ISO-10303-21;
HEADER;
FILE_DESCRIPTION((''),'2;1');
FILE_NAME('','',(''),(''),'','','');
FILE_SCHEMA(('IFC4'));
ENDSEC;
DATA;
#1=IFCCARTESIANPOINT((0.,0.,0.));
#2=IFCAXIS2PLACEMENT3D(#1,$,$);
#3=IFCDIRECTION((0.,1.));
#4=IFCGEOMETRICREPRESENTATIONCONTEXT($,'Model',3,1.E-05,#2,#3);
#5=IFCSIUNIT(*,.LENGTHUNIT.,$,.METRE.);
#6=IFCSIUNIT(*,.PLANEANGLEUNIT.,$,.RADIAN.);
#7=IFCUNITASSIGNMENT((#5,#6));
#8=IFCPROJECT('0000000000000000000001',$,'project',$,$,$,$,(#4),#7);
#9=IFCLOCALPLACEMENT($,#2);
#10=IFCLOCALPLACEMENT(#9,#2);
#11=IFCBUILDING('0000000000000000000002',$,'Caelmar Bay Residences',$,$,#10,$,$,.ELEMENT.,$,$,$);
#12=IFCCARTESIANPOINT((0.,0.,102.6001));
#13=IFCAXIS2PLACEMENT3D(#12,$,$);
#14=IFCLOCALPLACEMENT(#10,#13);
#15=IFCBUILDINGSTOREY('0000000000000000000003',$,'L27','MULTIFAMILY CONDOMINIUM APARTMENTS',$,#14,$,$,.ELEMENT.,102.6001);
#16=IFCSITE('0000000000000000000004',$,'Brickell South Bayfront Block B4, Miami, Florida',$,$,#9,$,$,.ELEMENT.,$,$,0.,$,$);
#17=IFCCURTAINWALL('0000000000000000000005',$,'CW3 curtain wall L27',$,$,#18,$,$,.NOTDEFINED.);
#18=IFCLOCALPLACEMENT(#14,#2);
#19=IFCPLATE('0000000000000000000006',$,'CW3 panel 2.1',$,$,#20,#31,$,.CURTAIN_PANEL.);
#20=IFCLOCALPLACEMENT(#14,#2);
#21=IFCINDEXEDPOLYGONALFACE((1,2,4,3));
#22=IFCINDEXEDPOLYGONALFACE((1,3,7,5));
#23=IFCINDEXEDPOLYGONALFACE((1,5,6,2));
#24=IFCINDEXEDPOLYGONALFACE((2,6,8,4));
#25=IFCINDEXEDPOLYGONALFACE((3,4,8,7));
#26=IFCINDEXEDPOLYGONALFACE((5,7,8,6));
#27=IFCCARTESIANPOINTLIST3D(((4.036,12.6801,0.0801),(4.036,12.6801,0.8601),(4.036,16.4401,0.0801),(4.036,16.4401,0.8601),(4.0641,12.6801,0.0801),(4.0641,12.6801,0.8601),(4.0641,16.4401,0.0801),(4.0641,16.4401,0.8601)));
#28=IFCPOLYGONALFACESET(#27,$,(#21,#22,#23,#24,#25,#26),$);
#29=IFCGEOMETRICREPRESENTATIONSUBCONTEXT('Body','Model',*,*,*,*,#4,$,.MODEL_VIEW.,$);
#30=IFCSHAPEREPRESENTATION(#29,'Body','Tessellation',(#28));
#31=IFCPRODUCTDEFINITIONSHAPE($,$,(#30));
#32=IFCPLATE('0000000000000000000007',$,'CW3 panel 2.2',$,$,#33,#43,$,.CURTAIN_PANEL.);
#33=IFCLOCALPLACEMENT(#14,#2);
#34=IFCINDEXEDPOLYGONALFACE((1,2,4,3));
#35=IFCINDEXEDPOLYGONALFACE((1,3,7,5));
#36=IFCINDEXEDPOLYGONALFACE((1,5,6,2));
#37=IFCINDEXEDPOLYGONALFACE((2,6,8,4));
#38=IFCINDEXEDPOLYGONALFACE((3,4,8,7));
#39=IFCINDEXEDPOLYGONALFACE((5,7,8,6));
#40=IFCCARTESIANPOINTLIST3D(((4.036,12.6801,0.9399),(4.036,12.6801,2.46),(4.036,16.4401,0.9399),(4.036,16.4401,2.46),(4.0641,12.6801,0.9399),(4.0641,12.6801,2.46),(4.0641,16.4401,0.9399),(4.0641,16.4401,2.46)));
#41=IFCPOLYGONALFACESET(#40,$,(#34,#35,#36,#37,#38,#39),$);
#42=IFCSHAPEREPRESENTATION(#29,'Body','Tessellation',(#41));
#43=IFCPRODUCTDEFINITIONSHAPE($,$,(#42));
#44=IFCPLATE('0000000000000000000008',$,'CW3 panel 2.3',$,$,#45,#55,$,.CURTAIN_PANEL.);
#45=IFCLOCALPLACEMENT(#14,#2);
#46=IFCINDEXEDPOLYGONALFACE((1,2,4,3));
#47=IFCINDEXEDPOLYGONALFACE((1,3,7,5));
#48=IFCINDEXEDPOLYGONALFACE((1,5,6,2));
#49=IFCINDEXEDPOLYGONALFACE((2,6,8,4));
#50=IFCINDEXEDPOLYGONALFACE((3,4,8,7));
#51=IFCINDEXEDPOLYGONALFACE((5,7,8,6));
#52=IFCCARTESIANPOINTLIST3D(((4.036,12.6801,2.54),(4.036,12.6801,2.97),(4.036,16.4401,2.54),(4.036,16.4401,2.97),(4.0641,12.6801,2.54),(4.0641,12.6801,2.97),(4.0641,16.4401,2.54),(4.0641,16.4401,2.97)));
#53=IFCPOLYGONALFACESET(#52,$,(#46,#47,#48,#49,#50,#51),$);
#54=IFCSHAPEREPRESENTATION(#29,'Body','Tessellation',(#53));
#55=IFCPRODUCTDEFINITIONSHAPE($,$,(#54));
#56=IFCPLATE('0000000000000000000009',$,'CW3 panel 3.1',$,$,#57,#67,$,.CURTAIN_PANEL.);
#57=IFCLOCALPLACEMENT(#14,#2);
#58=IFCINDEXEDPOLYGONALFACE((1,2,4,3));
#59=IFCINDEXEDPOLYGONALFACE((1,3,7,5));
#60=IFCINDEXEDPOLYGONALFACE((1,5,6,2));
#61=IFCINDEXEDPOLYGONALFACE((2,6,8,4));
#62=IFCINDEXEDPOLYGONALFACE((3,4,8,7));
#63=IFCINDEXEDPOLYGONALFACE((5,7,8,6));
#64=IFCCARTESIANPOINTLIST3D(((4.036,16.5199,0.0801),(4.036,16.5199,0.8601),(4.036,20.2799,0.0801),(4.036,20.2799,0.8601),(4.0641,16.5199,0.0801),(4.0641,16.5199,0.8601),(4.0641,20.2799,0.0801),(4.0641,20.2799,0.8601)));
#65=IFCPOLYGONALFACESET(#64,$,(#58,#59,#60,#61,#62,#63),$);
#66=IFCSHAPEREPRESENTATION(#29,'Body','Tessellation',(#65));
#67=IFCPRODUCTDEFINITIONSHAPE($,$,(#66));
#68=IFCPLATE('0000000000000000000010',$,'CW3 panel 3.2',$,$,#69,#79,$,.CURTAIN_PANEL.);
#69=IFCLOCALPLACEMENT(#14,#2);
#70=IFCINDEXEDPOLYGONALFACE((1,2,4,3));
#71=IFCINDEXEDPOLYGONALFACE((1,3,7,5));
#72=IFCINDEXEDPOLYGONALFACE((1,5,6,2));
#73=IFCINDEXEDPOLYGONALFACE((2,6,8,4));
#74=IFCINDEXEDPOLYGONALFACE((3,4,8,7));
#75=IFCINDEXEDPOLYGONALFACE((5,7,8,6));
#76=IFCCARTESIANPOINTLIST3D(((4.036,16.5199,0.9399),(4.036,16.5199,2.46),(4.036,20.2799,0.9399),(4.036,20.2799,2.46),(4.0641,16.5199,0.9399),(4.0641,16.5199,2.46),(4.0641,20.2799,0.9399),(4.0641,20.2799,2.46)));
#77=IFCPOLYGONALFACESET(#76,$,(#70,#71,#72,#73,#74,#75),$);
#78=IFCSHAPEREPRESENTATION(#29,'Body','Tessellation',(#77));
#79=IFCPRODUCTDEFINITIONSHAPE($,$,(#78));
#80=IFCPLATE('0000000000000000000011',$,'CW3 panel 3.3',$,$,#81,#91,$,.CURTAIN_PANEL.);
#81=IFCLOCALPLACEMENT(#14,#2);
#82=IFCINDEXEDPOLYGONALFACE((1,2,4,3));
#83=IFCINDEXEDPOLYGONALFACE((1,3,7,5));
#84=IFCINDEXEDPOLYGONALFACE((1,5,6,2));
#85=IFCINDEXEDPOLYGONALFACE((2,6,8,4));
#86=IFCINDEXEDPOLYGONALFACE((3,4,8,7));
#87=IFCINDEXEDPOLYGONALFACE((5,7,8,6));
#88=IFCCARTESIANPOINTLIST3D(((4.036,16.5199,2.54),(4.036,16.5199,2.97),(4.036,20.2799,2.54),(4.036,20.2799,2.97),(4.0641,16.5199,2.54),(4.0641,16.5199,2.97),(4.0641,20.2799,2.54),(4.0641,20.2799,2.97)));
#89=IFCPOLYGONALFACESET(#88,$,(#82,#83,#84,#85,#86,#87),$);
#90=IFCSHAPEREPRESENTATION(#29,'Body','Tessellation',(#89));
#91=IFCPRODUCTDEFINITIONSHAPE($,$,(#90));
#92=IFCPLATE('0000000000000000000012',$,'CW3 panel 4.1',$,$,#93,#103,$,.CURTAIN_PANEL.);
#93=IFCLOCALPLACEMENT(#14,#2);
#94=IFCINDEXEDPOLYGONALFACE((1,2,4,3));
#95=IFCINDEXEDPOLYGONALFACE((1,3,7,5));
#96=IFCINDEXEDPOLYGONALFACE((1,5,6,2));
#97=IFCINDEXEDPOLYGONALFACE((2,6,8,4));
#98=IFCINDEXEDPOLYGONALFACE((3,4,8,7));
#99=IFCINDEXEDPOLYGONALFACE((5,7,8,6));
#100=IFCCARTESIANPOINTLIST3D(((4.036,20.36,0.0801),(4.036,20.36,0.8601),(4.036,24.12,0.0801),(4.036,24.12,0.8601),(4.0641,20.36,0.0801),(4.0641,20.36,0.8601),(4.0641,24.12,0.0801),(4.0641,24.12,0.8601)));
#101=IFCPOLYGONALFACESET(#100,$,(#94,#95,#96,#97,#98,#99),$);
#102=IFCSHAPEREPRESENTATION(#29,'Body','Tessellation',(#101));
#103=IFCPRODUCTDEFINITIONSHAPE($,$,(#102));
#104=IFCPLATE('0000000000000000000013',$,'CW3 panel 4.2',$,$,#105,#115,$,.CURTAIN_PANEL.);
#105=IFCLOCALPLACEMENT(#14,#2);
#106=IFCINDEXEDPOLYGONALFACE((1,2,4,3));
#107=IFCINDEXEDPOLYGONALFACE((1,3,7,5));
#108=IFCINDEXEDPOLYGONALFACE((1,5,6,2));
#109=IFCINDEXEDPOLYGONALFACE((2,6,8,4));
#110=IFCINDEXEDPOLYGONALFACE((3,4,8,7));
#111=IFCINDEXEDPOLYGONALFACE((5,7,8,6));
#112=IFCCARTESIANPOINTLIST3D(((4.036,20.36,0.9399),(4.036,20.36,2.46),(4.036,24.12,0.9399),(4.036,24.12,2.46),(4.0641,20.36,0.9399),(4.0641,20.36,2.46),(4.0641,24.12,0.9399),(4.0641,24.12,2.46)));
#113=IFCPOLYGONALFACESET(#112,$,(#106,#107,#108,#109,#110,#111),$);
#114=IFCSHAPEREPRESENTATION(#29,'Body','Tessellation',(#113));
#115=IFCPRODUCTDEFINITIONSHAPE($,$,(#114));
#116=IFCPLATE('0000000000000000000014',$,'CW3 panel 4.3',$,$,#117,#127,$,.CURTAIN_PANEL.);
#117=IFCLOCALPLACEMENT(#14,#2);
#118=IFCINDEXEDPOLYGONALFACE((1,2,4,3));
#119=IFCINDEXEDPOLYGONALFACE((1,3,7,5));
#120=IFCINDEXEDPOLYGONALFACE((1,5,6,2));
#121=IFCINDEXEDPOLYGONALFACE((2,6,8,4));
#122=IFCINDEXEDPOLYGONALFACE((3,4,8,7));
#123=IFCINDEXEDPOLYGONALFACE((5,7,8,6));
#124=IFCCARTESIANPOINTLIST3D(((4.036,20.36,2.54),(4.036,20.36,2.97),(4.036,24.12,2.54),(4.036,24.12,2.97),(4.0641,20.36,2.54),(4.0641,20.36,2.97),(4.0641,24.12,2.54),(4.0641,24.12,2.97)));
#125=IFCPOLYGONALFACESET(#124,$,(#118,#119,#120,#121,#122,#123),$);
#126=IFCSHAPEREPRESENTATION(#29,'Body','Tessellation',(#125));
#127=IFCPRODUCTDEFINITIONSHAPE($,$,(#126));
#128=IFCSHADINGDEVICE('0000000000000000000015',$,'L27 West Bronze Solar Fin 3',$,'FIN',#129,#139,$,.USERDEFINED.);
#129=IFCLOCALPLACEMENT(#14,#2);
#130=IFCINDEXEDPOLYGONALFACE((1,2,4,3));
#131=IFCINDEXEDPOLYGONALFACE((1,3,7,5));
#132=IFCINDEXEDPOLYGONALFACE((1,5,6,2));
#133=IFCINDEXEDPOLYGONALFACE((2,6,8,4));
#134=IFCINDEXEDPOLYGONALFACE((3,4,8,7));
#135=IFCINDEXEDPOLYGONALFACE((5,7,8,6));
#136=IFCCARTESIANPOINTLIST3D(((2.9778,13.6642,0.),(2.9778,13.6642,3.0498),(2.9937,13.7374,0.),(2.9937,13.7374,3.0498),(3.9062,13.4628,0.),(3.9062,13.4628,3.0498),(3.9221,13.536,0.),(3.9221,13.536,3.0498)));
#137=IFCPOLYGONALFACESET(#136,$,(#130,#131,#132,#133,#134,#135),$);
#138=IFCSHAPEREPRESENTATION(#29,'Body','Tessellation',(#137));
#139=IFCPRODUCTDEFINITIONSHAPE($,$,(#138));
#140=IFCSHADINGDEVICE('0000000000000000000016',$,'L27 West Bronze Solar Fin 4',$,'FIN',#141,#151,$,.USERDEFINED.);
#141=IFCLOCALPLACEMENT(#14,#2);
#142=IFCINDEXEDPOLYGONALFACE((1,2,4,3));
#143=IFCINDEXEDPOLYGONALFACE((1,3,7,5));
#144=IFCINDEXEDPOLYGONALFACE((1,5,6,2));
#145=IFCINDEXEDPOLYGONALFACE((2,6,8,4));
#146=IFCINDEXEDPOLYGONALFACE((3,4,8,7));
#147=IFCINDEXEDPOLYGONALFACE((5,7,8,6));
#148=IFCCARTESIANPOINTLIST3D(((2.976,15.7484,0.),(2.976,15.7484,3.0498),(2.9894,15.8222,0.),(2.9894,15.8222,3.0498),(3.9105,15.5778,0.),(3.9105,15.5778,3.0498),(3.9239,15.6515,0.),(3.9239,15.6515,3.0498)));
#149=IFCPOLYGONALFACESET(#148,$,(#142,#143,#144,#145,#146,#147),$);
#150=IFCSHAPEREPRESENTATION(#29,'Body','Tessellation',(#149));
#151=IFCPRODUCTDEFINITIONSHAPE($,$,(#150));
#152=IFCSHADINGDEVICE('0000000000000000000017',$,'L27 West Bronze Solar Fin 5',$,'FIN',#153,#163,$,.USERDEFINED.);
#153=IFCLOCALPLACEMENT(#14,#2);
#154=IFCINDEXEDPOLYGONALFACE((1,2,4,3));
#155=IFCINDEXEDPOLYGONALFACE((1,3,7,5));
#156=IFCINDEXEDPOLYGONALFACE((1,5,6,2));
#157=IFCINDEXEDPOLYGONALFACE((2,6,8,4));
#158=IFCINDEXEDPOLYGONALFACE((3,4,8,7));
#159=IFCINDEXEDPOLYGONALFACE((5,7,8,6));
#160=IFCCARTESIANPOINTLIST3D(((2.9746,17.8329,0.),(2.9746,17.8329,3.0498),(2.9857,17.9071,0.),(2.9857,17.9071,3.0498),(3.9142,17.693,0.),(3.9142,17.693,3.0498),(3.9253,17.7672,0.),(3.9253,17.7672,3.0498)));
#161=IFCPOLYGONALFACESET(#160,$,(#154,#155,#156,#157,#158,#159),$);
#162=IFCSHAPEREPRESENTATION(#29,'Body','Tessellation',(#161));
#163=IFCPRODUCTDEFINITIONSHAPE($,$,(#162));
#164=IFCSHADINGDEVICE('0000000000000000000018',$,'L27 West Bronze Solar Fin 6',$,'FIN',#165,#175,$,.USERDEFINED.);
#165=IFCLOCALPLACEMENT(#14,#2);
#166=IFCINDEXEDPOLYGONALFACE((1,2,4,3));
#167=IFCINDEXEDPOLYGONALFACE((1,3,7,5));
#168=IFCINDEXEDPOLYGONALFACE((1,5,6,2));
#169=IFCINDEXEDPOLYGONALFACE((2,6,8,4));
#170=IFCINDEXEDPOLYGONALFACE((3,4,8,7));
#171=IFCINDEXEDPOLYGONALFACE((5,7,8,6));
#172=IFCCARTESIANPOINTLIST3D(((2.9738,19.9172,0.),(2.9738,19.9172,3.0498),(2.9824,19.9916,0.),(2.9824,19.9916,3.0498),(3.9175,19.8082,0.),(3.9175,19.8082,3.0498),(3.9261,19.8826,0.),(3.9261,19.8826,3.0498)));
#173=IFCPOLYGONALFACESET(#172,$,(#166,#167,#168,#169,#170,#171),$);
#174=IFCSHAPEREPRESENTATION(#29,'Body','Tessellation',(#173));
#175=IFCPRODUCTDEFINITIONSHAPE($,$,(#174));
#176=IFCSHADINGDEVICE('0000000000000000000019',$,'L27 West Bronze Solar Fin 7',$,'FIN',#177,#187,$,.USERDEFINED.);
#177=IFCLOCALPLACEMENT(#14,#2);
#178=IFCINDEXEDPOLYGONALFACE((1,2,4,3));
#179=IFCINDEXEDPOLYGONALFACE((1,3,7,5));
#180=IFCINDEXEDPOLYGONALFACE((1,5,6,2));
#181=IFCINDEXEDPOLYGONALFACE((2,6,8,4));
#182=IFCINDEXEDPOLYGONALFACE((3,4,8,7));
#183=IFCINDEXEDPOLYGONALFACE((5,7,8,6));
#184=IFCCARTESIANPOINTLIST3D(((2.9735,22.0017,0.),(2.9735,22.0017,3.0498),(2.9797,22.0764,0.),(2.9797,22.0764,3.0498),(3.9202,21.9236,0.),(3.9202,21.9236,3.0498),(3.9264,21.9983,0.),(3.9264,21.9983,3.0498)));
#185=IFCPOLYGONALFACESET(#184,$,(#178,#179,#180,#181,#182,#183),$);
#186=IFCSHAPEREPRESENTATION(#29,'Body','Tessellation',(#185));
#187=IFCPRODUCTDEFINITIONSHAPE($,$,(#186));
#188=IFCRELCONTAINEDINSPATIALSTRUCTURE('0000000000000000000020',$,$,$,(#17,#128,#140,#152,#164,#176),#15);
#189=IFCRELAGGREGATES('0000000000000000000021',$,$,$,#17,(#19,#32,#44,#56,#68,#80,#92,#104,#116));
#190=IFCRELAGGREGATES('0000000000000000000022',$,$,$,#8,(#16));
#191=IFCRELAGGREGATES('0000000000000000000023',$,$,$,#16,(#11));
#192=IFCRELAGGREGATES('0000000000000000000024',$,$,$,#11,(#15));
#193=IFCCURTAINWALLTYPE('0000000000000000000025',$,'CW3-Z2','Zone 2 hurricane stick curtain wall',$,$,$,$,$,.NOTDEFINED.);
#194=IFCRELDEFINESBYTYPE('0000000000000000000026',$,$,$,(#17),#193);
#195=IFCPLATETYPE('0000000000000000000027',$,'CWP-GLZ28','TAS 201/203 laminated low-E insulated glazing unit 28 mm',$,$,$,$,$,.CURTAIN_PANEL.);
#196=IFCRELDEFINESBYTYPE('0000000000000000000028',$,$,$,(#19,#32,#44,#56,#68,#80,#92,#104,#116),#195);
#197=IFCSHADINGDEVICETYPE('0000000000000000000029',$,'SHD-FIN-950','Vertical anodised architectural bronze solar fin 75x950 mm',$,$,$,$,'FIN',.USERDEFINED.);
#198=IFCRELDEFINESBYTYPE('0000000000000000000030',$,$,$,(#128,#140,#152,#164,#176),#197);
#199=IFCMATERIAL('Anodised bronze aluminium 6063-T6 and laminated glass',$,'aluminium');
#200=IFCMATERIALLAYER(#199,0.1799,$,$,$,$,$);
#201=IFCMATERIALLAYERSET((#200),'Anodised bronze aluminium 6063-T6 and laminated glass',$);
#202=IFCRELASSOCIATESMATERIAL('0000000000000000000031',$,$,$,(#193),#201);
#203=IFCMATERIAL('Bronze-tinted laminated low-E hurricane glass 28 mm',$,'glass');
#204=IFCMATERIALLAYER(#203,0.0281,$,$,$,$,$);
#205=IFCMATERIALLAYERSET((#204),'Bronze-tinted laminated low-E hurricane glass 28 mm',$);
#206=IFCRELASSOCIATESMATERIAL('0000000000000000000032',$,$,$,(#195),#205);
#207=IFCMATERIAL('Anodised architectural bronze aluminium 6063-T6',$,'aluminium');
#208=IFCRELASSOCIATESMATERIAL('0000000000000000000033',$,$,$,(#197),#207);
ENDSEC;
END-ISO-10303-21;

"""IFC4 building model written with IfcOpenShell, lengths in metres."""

from ifc_helpers import new_model, si_unit, direction, frame, origin, origin_2d, place, context, subcontext, project, spatial, rectangle, extrude, material, layer, layer_set, material_profile, profile_set, type_object, element, aggregate, save


model = new_model("IFC4")

# Units and contexts
model_context = context("Model", 3, precision=1e-05, world=origin(), true_north=direction((0.0, 1.0)))
body_context = subcontext(model_context, "Body", "Model", "MODEL_VIEW")
ifc_project = project(units=[si_unit("LENGTHUNIT", "METRE"), si_unit("PLANEANGLEUNIT", "RADIAN")], contexts=[model_context])

# Site, building, storey
site_placement = place(None, origin())
site = spatial("IfcSite", under=ifc_project, at=site_placement, Name="Brickell South Bayfront Block B4, Miami, Florida", CompositionType="ELEMENT", RefElevation=0.0)
building_placement = place(site_placement, origin())
building = spatial("IfcBuilding", under=site, at=building_placement, Name="Caelmar Bay Residences", CompositionType="ELEMENT")
storey_placement = place(building_placement, frame((0.0, 0.0, 102.6001)))
storey = spatial("IfcBuildingStorey", under=building, at=storey_placement, Name="L27", Description="MULTIFAMILY CONDOMINIUM APARTMENTS", CompositionType="ELEMENT", Elevation=102.6001)

# Curtain wall, plates
ifc_material_1 = material(Name="Anodised bronze aluminium 6063-T6 and laminated glass", Category="aluminium")
ifc_layer_1 = layer(ifc_material_1, 0.1799)
ifc_layer_set_1 = layer_set([ifc_layer_1], Name="Anodised bronze aluminium 6063-T6 and laminated glass")
curtain_wall_type = type_object("IfcCurtainWallType", Name="CW3-Z2", Description="Zone 2 hurricane stick curtain wall", PredefinedType="NOTDEFINED", material=ifc_layer_set_1)
curtain_wall_placement = place(storey_placement, origin())
curtain_wall = element("IfcCurtainWall", 1, at=curtain_wall_placement, inside=storey, type_object=curtain_wall_type, Name="CW3 curtain wall L27", PredefinedType="NOTDEFINED")
ifc_material_2 = material(Name="Bronze-tinted laminated low-E hurricane glass 28 mm", Category="glass")
ifc_layer_2 = layer(ifc_material_2, 0.0281)
ifc_layer_set_2 = layer_set([ifc_layer_2], Name="Bronze-tinted laminated low-E hurricane glass 28 mm")
plate_type = type_object("IfcPlateType", Name="CWP-GLZ28", Description="TAS 201/203 laminated low-E insulated glazing unit 28 mm", PredefinedType="CURTAIN_PANEL", material=ifc_layer_set_2)
plate_1_placement = place(storey_placement, frame((4.05, 14.5601, 0.0801), z_axis=(0.0, 0.0, 1.0), x_axis=(0.0, 1.0, 0.0)))
plate_1 = element("IfcPlate", 2, at=plate_1_placement, type_object=plate_type, Name="CW3 panel 2.1", PredefinedType="CURTAIN_PANEL", context=body_context, shape_type="SweptSolid", body=[
    extrude(rectangle(XDim=3.76, YDim=0.0281, at=origin_2d()), origin(), (0.0, 0.0, 1.0), 0.78),
])
plate_2_placement = place(storey_placement, frame((4.05, 14.5601, 0.9399), z_axis=(0.0, 0.0, 1.0), x_axis=(0.0, 1.0, 0.0)))
plate_2 = element("IfcPlate", 3, at=plate_2_placement, type_object=plate_type, Name="CW3 panel 2.2", PredefinedType="CURTAIN_PANEL", context=body_context, shape_type="SweptSolid", body=[
    extrude(rectangle(XDim=3.76, YDim=0.0281, at=origin_2d()), origin(), (0.0, 0.0, 1.0), 1.52),
])
plate_3_placement = place(storey_placement, frame((4.05, 14.5601, 2.54), z_axis=(0.0, 0.0, 1.0), x_axis=(0.0, 1.0, 0.0)))
plate_3 = element("IfcPlate", 4, at=plate_3_placement, type_object=plate_type, Name="CW3 panel 2.3", PredefinedType="CURTAIN_PANEL", context=body_context, shape_type="SweptSolid", body=[
    extrude(rectangle(XDim=3.76, YDim=0.0281, at=origin_2d()), origin(), (0.0, 0.0, 1.0), 0.4299),
])
plate_4_placement = place(storey_placement, frame((4.05, 18.3999, 0.0801), z_axis=(0.0, 0.0, 1.0), x_axis=(0.0, 1.0, 0.0)))
plate_4 = element("IfcPlate", 5, at=plate_4_placement, type_object=plate_type, Name="CW3 panel 3.1", PredefinedType="CURTAIN_PANEL", context=body_context, shape_type="SweptSolid", body=[
    extrude(rectangle(XDim=3.76, YDim=0.0281, at=origin_2d()), origin(), (0.0, 0.0, 1.0), 0.78),
])
plate_5_placement = place(storey_placement, frame((4.05, 18.3999, 0.9399), z_axis=(0.0, 0.0, 1.0), x_axis=(0.0, 1.0, 0.0)))
plate_5 = element("IfcPlate", 6, at=plate_5_placement, type_object=plate_type, Name="CW3 panel 3.2", PredefinedType="CURTAIN_PANEL", context=body_context, shape_type="SweptSolid", body=[
    extrude(rectangle(XDim=3.76, YDim=0.0281, at=origin_2d()), origin(), (0.0, 0.0, 1.0), 1.52),
])
plate_6_placement = place(storey_placement, frame((4.05, 18.3999, 2.54), z_axis=(0.0, 0.0, 1.0), x_axis=(0.0, 1.0, 0.0)))
plate_6 = element("IfcPlate", 7, at=plate_6_placement, type_object=plate_type, Name="CW3 panel 3.3", PredefinedType="CURTAIN_PANEL", context=body_context, shape_type="SweptSolid", body=[
    extrude(rectangle(XDim=3.76, YDim=0.0281, at=origin_2d()), origin(), (0.0, 0.0, 1.0), 0.4299),
])
plate_7_placement = place(storey_placement, frame((4.05, 22.24, 0.0801), z_axis=(0.0, 0.0, 1.0), x_axis=(0.0, 1.0, 0.0)))
plate_7 = element("IfcPlate", 8, at=plate_7_placement, type_object=plate_type, Name="CW3 panel 4.1", PredefinedType="CURTAIN_PANEL", context=body_context, shape_type="SweptSolid", body=[
    extrude(rectangle(XDim=3.76, YDim=0.0281, at=origin_2d()), origin(), (0.0, 0.0, 1.0), 0.78),
])
plate_8_placement = place(storey_placement, frame((4.05, 22.24, 0.9399), z_axis=(0.0, 0.0, 1.0), x_axis=(0.0, 1.0, 0.0)))
plate_8 = element("IfcPlate", 9, at=plate_8_placement, type_object=plate_type, Name="CW3 panel 4.2", PredefinedType="CURTAIN_PANEL", context=body_context, shape_type="SweptSolid", body=[
    extrude(rectangle(XDim=3.76, YDim=0.0281, at=origin_2d()), origin(), (0.0, 0.0, 1.0), 1.52),
])
plate_9_placement = place(storey_placement, frame((4.05, 22.24, 2.54), z_axis=(0.0, 0.0, 1.0), x_axis=(0.0, 1.0, 0.0)))
plate_9 = element("IfcPlate", 10, at=plate_9_placement, type_object=plate_type, Name="CW3 panel 4.3", PredefinedType="CURTAIN_PANEL", context=body_context, shape_type="SweptSolid", body=[
    extrude(rectangle(XDim=3.76, YDim=0.0281, at=origin_2d()), origin(), (0.0, 0.0, 1.0), 0.4299),
])
aggregate(curtain_wall, [plate_1, plate_2, plate_3, plate_4, plate_5, plate_6, plate_7, plate_8, plate_9])

# Shading devices
ifc_material_3 = material(Name="Anodised architectural bronze aluminium 6063-T6", Category="aluminium")
ifc_material_profile_1 = material_profile(ifc_material_3, rectangle(XDim=0.075, YDim=0.95, at=origin_2d()), Name="BRONZE-FIN-75X950")
ifc_profile_set_1 = profile_set([ifc_material_profile_1], Name="Anodised architectural bronze aluminium 6063-T6")
shading_device_type = type_object("IfcShadingDeviceType", Name="SHD-FIN-950", Description="Vertical anodised architectural bronze solar fin 75x950 mm", ElementType="FIN", PredefinedType="USERDEFINED", material=ifc_profile_set_1)
for number, where, z_axis, x_axis, name in (
    (11, (3.45, 13.6001, 0.0), (0.0, 0.0, 1.0), (0.212007, 0.977268, 0.0), "L27 West Bronze Solar Fin 3"),
    (12, (3.45, 15.7, 0.0), (0.0, 0.0, 1.0), (0.179661, 0.983729, 0.0), "L27 West Bronze Solar Fin 4"),
    (13, (3.45, 17.8, 0.0), (0.0, 0.0, 1.0), (0.147292, 0.989093, 0.0), "L27 West Bronze Solar Fin 5"),
    (14, (3.45, 19.8999, 0.0), (0.0, 0.0, 1.0), (0.114764, 0.993393, 0.0), "L27 West Bronze Solar Fin 6"),
    (15, (3.45, 22.0, 0.0), (0.0, 0.0, 1.0), (0.082112, 0.996623, 0.0), "L27 West Bronze Solar Fin 7"),
):
    element("IfcShadingDevice", number, at=place(storey_placement, frame(where, z_axis=z_axis, x_axis=x_axis)), inside=storey, type_object=shading_device_type, Name=name, ObjectType="FIN", PredefinedType="USERDEFINED", context=body_context, shape_type="SweptSolid", body=[
        extrude(rectangle(XDim=0.075, YDim=0.95, at=origin_2d()), origin(), (0.0, 0.0, 1.0), 3.0498),
    ])

save(model, "model.ifc")
